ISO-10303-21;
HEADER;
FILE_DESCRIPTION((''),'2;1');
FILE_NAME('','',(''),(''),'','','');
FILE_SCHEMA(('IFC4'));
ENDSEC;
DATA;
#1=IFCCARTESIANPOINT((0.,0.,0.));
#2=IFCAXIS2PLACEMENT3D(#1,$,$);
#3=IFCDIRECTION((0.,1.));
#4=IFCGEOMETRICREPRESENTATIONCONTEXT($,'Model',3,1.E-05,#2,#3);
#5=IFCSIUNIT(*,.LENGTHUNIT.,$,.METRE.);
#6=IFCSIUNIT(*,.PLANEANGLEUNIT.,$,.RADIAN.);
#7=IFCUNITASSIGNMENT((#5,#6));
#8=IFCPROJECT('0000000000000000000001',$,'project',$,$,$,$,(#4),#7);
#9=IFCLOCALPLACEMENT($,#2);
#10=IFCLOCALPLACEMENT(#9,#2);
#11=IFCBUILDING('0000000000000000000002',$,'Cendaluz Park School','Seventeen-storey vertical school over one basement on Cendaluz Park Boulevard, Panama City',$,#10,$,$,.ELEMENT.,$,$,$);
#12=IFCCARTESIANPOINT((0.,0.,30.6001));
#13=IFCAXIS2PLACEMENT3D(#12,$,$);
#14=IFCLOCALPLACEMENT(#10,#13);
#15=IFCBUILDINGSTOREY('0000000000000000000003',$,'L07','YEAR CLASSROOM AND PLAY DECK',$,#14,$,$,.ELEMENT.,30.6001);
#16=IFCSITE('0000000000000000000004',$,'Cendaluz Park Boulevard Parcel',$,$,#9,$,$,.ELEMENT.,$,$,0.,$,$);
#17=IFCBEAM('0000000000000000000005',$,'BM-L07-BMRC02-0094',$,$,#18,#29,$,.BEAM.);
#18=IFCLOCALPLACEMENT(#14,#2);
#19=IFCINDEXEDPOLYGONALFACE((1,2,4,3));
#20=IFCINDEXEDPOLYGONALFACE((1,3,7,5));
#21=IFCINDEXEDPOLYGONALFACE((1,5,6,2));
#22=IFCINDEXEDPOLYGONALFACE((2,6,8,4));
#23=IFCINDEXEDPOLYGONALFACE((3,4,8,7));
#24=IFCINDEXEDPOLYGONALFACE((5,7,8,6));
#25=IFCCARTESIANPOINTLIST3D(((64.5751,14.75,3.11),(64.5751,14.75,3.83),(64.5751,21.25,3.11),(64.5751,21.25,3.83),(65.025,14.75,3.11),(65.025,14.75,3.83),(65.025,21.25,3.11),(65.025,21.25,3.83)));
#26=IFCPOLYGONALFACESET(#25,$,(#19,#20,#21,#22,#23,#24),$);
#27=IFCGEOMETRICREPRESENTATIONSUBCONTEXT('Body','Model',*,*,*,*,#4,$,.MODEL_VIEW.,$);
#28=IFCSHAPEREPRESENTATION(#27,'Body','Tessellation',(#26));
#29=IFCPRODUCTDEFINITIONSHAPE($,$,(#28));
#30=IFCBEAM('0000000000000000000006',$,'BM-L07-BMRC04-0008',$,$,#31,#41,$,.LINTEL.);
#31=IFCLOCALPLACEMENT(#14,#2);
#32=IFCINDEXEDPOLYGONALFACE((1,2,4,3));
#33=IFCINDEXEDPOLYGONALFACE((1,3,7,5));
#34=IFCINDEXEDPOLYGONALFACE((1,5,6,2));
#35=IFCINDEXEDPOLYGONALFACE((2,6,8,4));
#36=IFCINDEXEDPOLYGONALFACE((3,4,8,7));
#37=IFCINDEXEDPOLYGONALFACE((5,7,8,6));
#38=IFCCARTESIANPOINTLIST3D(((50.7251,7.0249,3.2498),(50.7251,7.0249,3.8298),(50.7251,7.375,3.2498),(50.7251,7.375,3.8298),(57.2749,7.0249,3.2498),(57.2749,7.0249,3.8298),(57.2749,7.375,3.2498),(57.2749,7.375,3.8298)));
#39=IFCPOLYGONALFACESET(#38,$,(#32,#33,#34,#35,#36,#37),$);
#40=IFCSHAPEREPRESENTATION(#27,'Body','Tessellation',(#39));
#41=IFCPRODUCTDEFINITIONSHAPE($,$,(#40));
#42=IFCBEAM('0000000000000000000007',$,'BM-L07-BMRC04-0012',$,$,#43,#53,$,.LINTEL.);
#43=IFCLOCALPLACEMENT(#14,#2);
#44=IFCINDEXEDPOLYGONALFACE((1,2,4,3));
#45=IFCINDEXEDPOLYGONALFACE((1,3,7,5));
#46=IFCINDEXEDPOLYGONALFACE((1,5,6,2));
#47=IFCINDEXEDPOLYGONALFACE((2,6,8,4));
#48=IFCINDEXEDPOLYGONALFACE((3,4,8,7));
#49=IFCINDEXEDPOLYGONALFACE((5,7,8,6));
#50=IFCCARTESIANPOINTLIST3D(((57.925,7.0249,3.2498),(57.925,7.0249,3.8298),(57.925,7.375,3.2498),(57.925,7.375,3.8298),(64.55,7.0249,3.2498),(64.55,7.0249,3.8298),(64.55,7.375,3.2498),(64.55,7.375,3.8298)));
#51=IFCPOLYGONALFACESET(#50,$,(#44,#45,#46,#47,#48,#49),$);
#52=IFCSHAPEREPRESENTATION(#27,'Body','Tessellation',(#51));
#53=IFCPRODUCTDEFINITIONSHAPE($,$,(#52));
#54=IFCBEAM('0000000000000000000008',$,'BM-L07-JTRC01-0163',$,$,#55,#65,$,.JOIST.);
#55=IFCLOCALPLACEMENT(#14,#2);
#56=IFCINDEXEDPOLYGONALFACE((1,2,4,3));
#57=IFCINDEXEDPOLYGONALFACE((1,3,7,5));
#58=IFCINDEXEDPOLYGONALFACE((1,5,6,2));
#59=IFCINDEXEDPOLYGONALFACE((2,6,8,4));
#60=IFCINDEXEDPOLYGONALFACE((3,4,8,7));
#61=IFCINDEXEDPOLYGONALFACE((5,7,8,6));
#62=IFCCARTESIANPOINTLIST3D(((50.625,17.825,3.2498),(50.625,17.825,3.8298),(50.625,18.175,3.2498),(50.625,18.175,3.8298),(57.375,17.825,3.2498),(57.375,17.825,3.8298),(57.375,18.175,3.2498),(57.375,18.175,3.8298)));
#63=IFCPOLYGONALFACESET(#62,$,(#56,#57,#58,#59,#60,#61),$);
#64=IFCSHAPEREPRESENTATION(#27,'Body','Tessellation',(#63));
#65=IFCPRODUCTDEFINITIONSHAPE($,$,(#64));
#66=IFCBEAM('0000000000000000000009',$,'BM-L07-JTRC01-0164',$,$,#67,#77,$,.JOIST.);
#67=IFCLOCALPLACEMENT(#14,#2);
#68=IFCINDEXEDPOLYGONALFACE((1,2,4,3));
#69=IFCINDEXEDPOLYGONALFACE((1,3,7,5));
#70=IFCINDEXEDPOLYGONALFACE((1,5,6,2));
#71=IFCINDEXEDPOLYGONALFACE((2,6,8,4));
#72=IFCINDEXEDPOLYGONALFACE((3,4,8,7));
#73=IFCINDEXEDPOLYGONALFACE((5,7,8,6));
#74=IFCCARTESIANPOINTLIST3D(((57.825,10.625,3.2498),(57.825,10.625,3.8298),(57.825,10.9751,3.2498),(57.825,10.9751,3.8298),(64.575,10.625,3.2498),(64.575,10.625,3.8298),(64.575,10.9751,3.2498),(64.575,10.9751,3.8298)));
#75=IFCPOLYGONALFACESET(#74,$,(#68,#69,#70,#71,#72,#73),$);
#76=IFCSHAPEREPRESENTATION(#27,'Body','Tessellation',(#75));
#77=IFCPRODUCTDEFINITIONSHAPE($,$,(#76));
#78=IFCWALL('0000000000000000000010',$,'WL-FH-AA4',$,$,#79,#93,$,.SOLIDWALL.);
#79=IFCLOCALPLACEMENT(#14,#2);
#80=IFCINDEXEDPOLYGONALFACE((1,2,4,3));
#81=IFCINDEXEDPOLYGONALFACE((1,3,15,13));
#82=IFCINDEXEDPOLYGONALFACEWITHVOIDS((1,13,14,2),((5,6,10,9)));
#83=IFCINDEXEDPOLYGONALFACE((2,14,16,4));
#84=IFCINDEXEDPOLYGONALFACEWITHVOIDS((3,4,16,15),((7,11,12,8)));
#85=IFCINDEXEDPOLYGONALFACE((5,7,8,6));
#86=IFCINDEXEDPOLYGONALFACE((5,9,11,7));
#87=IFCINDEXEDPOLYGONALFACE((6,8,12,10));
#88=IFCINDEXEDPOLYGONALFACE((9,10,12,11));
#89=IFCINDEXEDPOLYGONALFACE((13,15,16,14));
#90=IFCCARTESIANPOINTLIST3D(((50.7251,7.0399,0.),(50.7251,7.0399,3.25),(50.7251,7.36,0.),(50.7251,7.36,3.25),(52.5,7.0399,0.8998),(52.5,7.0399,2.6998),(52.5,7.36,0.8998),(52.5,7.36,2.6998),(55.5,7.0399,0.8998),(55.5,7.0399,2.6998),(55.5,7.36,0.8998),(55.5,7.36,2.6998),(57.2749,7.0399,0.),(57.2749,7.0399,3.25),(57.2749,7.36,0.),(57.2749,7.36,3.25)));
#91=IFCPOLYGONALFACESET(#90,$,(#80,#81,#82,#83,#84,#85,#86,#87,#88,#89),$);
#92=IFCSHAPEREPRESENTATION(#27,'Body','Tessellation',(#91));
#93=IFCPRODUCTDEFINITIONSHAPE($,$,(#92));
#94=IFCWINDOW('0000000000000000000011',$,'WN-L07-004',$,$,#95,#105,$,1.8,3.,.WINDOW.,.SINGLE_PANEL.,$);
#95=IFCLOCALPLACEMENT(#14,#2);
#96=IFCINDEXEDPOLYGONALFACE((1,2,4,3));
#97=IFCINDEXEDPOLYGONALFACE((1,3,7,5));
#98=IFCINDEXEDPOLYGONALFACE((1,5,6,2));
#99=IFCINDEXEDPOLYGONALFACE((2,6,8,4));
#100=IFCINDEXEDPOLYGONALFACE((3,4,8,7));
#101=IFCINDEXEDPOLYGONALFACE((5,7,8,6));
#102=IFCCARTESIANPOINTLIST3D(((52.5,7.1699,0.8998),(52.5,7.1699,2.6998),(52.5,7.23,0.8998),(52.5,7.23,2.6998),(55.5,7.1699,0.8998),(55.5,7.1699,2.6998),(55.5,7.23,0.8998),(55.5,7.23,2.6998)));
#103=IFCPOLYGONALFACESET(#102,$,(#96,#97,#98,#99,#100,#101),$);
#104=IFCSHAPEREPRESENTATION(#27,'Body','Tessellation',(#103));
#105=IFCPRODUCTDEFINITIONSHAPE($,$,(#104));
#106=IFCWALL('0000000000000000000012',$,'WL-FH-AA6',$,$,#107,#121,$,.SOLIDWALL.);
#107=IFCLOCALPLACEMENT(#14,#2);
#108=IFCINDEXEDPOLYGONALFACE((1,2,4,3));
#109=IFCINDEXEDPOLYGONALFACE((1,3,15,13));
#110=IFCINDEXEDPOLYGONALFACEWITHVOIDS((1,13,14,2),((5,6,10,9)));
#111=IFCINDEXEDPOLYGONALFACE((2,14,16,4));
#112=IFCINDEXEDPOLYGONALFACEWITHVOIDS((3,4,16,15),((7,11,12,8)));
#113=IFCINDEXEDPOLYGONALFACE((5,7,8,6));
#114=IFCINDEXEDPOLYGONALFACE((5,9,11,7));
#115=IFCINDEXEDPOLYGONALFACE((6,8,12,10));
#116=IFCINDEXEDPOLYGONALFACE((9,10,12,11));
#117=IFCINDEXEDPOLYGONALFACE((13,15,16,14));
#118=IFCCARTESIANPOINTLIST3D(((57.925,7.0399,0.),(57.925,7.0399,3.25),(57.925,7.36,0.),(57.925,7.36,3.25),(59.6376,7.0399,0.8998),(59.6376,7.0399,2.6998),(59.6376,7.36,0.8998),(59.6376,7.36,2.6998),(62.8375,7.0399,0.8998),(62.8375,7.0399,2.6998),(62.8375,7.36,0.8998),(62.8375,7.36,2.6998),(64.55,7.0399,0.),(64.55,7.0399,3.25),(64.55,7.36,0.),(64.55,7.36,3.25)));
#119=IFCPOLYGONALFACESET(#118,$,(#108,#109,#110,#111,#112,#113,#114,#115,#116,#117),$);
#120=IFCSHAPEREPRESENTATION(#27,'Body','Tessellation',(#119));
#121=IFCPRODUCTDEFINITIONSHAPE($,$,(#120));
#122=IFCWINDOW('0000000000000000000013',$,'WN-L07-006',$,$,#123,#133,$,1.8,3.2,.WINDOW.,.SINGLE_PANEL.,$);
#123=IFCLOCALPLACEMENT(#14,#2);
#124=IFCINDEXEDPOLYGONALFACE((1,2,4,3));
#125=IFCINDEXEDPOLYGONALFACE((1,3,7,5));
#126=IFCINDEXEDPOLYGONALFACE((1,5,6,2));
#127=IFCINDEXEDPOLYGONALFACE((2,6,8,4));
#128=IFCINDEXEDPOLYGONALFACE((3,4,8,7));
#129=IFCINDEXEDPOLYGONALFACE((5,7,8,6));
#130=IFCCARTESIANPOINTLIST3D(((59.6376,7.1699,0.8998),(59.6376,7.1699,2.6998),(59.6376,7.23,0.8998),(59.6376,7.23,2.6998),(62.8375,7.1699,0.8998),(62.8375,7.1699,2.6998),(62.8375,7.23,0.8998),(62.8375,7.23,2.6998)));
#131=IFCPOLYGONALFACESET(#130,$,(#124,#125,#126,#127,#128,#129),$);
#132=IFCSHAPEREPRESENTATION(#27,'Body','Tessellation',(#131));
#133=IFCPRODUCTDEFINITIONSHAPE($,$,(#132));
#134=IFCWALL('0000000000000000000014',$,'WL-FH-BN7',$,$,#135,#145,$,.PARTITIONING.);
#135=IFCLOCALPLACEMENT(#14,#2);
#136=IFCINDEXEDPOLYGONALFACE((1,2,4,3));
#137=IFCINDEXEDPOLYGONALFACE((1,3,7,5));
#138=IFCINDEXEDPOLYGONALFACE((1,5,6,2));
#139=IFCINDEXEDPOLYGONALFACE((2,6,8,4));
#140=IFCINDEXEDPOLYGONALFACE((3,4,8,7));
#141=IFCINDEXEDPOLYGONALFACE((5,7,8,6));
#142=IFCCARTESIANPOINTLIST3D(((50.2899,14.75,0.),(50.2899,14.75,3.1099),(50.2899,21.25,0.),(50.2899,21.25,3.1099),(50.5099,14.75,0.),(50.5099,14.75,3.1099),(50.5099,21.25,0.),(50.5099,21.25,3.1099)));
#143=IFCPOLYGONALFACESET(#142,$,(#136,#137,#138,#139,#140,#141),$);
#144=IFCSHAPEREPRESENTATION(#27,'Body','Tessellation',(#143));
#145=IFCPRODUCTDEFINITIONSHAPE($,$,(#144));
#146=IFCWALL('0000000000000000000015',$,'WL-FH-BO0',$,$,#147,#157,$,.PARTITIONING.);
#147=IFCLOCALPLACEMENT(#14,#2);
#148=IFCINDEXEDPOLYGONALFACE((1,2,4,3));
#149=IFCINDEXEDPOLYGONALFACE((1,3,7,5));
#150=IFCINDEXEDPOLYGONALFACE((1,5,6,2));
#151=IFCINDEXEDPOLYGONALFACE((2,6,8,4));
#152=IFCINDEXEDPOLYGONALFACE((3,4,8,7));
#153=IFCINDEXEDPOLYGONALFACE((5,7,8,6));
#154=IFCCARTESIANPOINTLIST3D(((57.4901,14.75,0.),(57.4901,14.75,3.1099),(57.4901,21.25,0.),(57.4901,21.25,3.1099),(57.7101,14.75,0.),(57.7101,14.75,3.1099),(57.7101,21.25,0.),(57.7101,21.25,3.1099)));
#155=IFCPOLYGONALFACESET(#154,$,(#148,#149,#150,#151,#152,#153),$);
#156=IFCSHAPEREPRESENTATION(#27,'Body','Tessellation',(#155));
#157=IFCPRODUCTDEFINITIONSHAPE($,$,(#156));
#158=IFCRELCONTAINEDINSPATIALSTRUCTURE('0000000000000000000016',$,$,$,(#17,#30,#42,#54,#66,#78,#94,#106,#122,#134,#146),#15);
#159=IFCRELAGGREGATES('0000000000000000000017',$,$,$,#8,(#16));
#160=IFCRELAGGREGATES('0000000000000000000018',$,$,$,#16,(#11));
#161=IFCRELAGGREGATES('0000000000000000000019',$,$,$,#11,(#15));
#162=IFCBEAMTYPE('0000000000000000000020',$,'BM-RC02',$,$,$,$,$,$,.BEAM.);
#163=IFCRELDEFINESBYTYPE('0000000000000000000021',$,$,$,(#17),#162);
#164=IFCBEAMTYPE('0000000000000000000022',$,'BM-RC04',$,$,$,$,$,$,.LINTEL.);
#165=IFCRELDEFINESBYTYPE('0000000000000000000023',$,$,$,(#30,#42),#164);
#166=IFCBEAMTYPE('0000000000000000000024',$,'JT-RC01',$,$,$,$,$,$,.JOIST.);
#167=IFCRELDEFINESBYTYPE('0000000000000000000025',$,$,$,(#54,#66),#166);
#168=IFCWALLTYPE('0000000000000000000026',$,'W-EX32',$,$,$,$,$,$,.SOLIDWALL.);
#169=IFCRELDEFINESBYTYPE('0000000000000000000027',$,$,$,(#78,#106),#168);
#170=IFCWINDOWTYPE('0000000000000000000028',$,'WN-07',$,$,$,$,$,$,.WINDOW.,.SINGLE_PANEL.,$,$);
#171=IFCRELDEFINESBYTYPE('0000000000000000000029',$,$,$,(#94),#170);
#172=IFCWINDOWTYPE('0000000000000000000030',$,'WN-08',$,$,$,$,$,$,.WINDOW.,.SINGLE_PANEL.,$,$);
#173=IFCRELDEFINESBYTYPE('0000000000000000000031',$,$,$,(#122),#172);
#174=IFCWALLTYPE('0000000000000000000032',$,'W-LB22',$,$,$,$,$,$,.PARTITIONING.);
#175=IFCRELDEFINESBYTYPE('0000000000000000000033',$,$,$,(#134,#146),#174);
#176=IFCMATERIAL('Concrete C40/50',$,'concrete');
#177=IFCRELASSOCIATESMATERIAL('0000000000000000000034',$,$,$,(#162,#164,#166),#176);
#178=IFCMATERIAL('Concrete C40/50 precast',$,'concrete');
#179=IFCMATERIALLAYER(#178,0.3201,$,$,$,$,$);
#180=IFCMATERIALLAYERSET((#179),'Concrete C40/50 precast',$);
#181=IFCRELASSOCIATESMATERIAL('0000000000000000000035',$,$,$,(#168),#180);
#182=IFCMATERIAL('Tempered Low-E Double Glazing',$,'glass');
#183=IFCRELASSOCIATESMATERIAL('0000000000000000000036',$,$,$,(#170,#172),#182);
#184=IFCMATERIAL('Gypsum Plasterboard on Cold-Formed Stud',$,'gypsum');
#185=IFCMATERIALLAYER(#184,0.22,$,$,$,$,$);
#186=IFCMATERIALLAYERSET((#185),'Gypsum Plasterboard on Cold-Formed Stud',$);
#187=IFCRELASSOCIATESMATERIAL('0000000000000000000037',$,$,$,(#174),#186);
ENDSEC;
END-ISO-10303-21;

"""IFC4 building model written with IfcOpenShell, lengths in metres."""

from ifc_helpers import new_model, si_unit, direction, frame, frame_2d, origin, origin_2d, place, context, subcontext, project, spatial, rectangle, extrude, material, layer, layer_set, material_profile, profile_set, type_object, element, fill, save


model = new_model("IFC4")

# Units and contexts
model_context = context("Model", 3, precision=1e-05, world=origin(), true_north=direction((0.0, 1.0)))
body_context = subcontext(model_context, "Body", "Model", "MODEL_VIEW")
ifc_project = project(units=[si_unit("LENGTHUNIT", "METRE"), si_unit("PLANEANGLEUNIT", "RADIAN")], contexts=[model_context])

# Site, building, storey
site_placement = place(None, origin())
site = spatial("IfcSite", under=ifc_project, at=site_placement, Name="Cendaluz Park Boulevard Parcel", CompositionType="ELEMENT", RefElevation=0.0)
building_placement = place(site_placement, origin())
building = spatial("IfcBuilding", under=site, at=building_placement, Name="Cendaluz Park School", Description="Seventeen-storey vertical school over one basement on Cendaluz Park Boulevard, Panama City", CompositionType="ELEMENT")
storey_placement = place(building_placement, frame((0.0, 0.0, 30.6001)))
storey = spatial("IfcBuildingStorey", under=building, at=storey_placement, Name="L07", Description="YEAR CLASSROOM AND PLAY DECK", CompositionType="ELEMENT", Elevation=30.6001)

# Shared definitions
ifc_material_1 = material(Name="Concrete C40/50", Category="concrete")

# Beams
ifc_material_profile_1 = material_profile(ifc_material_1, rectangle(XDim=0.45, YDim=0.72, at=origin_2d()), Name="RC 450x720", Category="concrete")
ifc_profile_set_1 = profile_set([ifc_material_profile_1], Name="Concrete C40/50")
beam_type_1 = type_object("IfcBeamType", Name="BM-RC02", PredefinedType="BEAM", material=ifc_profile_set_1)
beam_1_placement = place(storey_placement, frame((64.8, 14.75, 3.47), z_axis=(0.0, 1.0, 0.0), x_axis=(-1.0, 0.0, 0.0)))
element("IfcBeam", 1, at=beam_1_placement, inside=storey, type_object=beam_type_1, Name="BM-L07-BMRC02-0094", PredefinedType="BEAM", context=body_context, shape_type="SweptSolid", body=[
    extrude(rectangle(XDim=0.45, YDim=0.72, at=origin_2d()), origin(), (0.0, 0.0, 1.0), 6.5),
])
ifc_material_profile_2 = material_profile(ifc_material_1, rectangle(XDim=0.3501, YDim=0.5801, at=origin_2d()), Name="RC 350x580", Category="concrete")
ifc_profile_set_2 = profile_set([ifc_material_profile_2], Name="Concrete C40/50")
beam_type_2 = type_object("IfcBeamType", Name="BM-RC04", PredefinedType="LINTEL", material=ifc_profile_set_2)
beam_2_placement = place(storey_placement, frame((50.7251, 7.2, 3.5398), z_axis=(1.0, 0.0, 0.0), x_axis=(0.0, 1.0, 0.0)))
element("IfcBeam", 2, at=beam_2_placement, inside=storey, type_object=beam_type_2, Name="BM-L07-BMRC04-0008", PredefinedType="LINTEL", context=body_context, shape_type="SweptSolid", body=[
    extrude(rectangle(XDim=0.3501, YDim=0.5801, at=origin_2d()), origin(), (0.0, 0.0, 1.0), 6.5498),
])
beam_3_placement = place(storey_placement, frame((57.925, 7.2, 3.5398), z_axis=(1.0, 0.0, 0.0), x_axis=(0.0, 1.0, 0.0)))
element("IfcBeam", 3, at=beam_3_placement, inside=storey, type_object=beam_type_2, Name="BM-L07-BMRC04-0012", PredefinedType="LINTEL", context=body_context, shape_type="SweptSolid", body=[
    extrude(rectangle(XDim=0.3501, YDim=0.5801, at=origin_2d()), origin(), (0.0, 0.0, 1.0), 6.625),
])
ifc_material_profile_3 = material_profile(ifc_material_1, rectangle(XDim=0.3501, YDim=0.5801, at=origin_2d()), Name="RC 350x580", Category="concrete")
ifc_profile_set_3 = profile_set([ifc_material_profile_3], Name="Concrete C40/50")
beam_type_3 = type_object("IfcBeamType", Name="JT-RC01", PredefinedType="JOIST", material=ifc_profile_set_3)
for number, where, z_axis, x_axis, name in (
    (4, (50.625, 18.0, 3.5398), (1.0, 0.0, 0.0), (0.0, 1.0, 0.0), "BM-L07-JTRC01-0163"),
    (5, (57.825, 10.8, 3.5398), (1.0, 0.0, 0.0), (0.0, 1.0, 0.0), "BM-L07-JTRC01-0164"),
):
    element("IfcBeam", number, at=place(storey_placement, frame(where, z_axis=z_axis, x_axis=x_axis)), inside=storey, type_object=beam_type_3, Name=name, PredefinedType="JOIST", context=body_context, shape_type="SweptSolid", body=[
        extrude(rectangle(XDim=0.3501, YDim=0.5801, at=origin_2d()), origin(), (0.0, 0.0, 1.0), 6.75),
    ])

# Walls, openings, windows
ifc_material_2 = material(Name="Concrete C40/50 precast", Category="concrete")
ifc_layer_1 = layer(ifc_material_2, 0.3201)
ifc_layer_set_1 = layer_set([ifc_layer_1], Name="Concrete C40/50 precast")
wall_type_1 = type_object("IfcWallType", Name="W-EX32", PredefinedType="SOLIDWALL", material=ifc_layer_set_1)
wall_1_placement = place(storey_placement, frame((50.7251, 7.2, 0.0), z_axis=(0.0, 0.0, 1.0), x_axis=(1.0, 0.0, 0.0)))
wall_1 = element("IfcWall", 6, at=wall_1_placement, inside=storey, type_object=wall_type_1, Name="WL-FH-AA4", PredefinedType="SOLIDWALL", context=body_context, shape_type="SweptSolid", body=[
    extrude(rectangle(XDim=6.5498, YDim=0.3201, at=frame_2d((3.2749, 0.0))), origin(), (0.0, 0.0, 1.0), 3.25),
])
opening_1_placement = place(wall_1_placement, frame((1.7749, 0.0, 0.8999)))
opening_1 = element("IfcOpeningElement", 7, at=opening_1_placement, cuts=wall_1, PredefinedType="OPENING", context=body_context, shape_type="SweptSolid", body=[
    extrude(rectangle(XDim=3.0, YDim=1.8, at=frame_2d((1.5, 0.8999))), frame((0.0, 0.1721, 0.0), z_axis=(0.0, -1.0, 0.0), x_axis=(1.0, 0.0, 0.0)), (0.0, 0.0, 1.0), 0.344),
])
ifc_material_3 = material(Name="Tempered Low-E Double Glazing", Category="glass")
window_type_1 = type_object("IfcWindowType", Name="WN-07", PartitioningType="SINGLE_PANEL", PredefinedType="WINDOW", material=ifc_material_3)
window_1_placement = place(opening_1_placement, origin())
window_1 = element("IfcWindow", 8, at=window_1_placement, inside=storey, type_object=window_type_1, Name="WN-L07-004", OverallHeight=1.8, OverallWidth=3.0, PartitioningType="SINGLE_PANEL", PredefinedType="WINDOW", context=body_context, shape_type="SweptSolid", body=[
    extrude(rectangle(XDim=3.0, YDim=1.8, at=frame_2d((1.5, 0.8999))), frame((0.0, 0.03, 0.0), z_axis=(0.0, -1.0, 0.0), x_axis=(1.0, 0.0, 0.0)), (0.0, 0.0, 1.0), 0.0601),
])
fill(opening_1, window_1)
wall_2_placement = place(storey_placement, frame((57.925, 7.2, 0.0), z_axis=(0.0, 0.0, 1.0), x_axis=(1.0, 0.0, 0.0)))
wall_2 = element("IfcWall", 9, at=wall_2_placement, inside=storey, type_object=wall_type_1, Name="WL-FH-AA6", PredefinedType="SOLIDWALL", context=body_context, shape_type="SweptSolid", body=[
    extrude(rectangle(XDim=6.625, YDim=0.3201, at=frame_2d((3.3125, 0.0))), origin(), (0.0, 0.0, 1.0), 3.25),
])
opening_2_placement = place(wall_2_placement, frame((1.7124, 0.0, 0.8999)))
opening_2 = element("IfcOpeningElement", 10, at=opening_2_placement, cuts=wall_2, PredefinedType="OPENING", context=body_context, shape_type="SweptSolid", body=[
    extrude(rectangle(XDim=3.2, YDim=1.8, at=frame_2d((1.6001, 0.8999))), frame((0.0, 0.1721, 0.0), z_axis=(0.0, -1.0, 0.0), x_axis=(1.0, 0.0, 0.0)), (0.0, 0.0, 1.0), 0.344),
])
window_type_2 = type_object("IfcWindowType", Name="WN-08", PartitioningType="SINGLE_PANEL", PredefinedType="WINDOW", material=ifc_material_3)
window_2_placement = place(opening_2_placement, origin())
window_2 = element("IfcWindow", 11, at=window_2_placement, inside=storey, type_object=window_type_2, Name="WN-L07-006", OverallHeight=1.8, OverallWidth=3.2, PartitioningType="SINGLE_PANEL", PredefinedType="WINDOW", context=body_context, shape_type="SweptSolid", body=[
    extrude(rectangle(XDim=3.2, YDim=1.8, at=frame_2d((1.6001, 0.8999))), frame((0.0, 0.03, 0.0), z_axis=(0.0, -1.0, 0.0), x_axis=(1.0, 0.0, 0.0)), (0.0, 0.0, 1.0), 0.0601),
])
fill(opening_2, window_2)

# Wall
ifc_material_4 = material(Name="Gypsum Plasterboard on Cold-Formed Stud", Category="gypsum")
ifc_layer_2 = layer(ifc_material_4, 0.22)
ifc_layer_set_2 = layer_set([ifc_layer_2], Name="Gypsum Plasterboard on Cold-Formed Stud")
wall_type_2 = type_object("IfcWallType", Name="W-LB22", PredefinedType="PARTITIONING", material=ifc_layer_set_2)
wall_3_placement = place(storey_placement, frame((50.3999, 14.75, 0.0), z_axis=(0.0, 0.0, 1.0), x_axis=(0.0, 1.0, 0.0)))
element("IfcWall", 12, at=wall_3_placement, inside=storey, type_object=wall_type_2, Name="WL-FH-BN7", PredefinedType="PARTITIONING", context=body_context, shape_type="SweptSolid", body=[
    extrude(rectangle(XDim=6.5, YDim=0.22, at=frame_2d((3.25, 0.0))), origin(), (0.0, 0.0, 1.0), 3.1099),
])

# Wall
wall_4_placement = place(storey_placement, frame((57.6001, 14.75, 0.0), z_axis=(0.0, 0.0, 1.0), x_axis=(0.0, 1.0, 0.0)))
element("IfcWall", 13, at=wall_4_placement, inside=storey, type_object=wall_type_2, Name="WL-FH-BO0", PredefinedType="PARTITIONING", context=body_context, shape_type="SweptSolid", body=[
    extrude(rectangle(XDim=6.5, YDim=0.22, at=frame_2d((3.25, 0.0))), origin(), (0.0, 0.0, 1.0), 3.1099),
])

save(model, "model.ifc")
